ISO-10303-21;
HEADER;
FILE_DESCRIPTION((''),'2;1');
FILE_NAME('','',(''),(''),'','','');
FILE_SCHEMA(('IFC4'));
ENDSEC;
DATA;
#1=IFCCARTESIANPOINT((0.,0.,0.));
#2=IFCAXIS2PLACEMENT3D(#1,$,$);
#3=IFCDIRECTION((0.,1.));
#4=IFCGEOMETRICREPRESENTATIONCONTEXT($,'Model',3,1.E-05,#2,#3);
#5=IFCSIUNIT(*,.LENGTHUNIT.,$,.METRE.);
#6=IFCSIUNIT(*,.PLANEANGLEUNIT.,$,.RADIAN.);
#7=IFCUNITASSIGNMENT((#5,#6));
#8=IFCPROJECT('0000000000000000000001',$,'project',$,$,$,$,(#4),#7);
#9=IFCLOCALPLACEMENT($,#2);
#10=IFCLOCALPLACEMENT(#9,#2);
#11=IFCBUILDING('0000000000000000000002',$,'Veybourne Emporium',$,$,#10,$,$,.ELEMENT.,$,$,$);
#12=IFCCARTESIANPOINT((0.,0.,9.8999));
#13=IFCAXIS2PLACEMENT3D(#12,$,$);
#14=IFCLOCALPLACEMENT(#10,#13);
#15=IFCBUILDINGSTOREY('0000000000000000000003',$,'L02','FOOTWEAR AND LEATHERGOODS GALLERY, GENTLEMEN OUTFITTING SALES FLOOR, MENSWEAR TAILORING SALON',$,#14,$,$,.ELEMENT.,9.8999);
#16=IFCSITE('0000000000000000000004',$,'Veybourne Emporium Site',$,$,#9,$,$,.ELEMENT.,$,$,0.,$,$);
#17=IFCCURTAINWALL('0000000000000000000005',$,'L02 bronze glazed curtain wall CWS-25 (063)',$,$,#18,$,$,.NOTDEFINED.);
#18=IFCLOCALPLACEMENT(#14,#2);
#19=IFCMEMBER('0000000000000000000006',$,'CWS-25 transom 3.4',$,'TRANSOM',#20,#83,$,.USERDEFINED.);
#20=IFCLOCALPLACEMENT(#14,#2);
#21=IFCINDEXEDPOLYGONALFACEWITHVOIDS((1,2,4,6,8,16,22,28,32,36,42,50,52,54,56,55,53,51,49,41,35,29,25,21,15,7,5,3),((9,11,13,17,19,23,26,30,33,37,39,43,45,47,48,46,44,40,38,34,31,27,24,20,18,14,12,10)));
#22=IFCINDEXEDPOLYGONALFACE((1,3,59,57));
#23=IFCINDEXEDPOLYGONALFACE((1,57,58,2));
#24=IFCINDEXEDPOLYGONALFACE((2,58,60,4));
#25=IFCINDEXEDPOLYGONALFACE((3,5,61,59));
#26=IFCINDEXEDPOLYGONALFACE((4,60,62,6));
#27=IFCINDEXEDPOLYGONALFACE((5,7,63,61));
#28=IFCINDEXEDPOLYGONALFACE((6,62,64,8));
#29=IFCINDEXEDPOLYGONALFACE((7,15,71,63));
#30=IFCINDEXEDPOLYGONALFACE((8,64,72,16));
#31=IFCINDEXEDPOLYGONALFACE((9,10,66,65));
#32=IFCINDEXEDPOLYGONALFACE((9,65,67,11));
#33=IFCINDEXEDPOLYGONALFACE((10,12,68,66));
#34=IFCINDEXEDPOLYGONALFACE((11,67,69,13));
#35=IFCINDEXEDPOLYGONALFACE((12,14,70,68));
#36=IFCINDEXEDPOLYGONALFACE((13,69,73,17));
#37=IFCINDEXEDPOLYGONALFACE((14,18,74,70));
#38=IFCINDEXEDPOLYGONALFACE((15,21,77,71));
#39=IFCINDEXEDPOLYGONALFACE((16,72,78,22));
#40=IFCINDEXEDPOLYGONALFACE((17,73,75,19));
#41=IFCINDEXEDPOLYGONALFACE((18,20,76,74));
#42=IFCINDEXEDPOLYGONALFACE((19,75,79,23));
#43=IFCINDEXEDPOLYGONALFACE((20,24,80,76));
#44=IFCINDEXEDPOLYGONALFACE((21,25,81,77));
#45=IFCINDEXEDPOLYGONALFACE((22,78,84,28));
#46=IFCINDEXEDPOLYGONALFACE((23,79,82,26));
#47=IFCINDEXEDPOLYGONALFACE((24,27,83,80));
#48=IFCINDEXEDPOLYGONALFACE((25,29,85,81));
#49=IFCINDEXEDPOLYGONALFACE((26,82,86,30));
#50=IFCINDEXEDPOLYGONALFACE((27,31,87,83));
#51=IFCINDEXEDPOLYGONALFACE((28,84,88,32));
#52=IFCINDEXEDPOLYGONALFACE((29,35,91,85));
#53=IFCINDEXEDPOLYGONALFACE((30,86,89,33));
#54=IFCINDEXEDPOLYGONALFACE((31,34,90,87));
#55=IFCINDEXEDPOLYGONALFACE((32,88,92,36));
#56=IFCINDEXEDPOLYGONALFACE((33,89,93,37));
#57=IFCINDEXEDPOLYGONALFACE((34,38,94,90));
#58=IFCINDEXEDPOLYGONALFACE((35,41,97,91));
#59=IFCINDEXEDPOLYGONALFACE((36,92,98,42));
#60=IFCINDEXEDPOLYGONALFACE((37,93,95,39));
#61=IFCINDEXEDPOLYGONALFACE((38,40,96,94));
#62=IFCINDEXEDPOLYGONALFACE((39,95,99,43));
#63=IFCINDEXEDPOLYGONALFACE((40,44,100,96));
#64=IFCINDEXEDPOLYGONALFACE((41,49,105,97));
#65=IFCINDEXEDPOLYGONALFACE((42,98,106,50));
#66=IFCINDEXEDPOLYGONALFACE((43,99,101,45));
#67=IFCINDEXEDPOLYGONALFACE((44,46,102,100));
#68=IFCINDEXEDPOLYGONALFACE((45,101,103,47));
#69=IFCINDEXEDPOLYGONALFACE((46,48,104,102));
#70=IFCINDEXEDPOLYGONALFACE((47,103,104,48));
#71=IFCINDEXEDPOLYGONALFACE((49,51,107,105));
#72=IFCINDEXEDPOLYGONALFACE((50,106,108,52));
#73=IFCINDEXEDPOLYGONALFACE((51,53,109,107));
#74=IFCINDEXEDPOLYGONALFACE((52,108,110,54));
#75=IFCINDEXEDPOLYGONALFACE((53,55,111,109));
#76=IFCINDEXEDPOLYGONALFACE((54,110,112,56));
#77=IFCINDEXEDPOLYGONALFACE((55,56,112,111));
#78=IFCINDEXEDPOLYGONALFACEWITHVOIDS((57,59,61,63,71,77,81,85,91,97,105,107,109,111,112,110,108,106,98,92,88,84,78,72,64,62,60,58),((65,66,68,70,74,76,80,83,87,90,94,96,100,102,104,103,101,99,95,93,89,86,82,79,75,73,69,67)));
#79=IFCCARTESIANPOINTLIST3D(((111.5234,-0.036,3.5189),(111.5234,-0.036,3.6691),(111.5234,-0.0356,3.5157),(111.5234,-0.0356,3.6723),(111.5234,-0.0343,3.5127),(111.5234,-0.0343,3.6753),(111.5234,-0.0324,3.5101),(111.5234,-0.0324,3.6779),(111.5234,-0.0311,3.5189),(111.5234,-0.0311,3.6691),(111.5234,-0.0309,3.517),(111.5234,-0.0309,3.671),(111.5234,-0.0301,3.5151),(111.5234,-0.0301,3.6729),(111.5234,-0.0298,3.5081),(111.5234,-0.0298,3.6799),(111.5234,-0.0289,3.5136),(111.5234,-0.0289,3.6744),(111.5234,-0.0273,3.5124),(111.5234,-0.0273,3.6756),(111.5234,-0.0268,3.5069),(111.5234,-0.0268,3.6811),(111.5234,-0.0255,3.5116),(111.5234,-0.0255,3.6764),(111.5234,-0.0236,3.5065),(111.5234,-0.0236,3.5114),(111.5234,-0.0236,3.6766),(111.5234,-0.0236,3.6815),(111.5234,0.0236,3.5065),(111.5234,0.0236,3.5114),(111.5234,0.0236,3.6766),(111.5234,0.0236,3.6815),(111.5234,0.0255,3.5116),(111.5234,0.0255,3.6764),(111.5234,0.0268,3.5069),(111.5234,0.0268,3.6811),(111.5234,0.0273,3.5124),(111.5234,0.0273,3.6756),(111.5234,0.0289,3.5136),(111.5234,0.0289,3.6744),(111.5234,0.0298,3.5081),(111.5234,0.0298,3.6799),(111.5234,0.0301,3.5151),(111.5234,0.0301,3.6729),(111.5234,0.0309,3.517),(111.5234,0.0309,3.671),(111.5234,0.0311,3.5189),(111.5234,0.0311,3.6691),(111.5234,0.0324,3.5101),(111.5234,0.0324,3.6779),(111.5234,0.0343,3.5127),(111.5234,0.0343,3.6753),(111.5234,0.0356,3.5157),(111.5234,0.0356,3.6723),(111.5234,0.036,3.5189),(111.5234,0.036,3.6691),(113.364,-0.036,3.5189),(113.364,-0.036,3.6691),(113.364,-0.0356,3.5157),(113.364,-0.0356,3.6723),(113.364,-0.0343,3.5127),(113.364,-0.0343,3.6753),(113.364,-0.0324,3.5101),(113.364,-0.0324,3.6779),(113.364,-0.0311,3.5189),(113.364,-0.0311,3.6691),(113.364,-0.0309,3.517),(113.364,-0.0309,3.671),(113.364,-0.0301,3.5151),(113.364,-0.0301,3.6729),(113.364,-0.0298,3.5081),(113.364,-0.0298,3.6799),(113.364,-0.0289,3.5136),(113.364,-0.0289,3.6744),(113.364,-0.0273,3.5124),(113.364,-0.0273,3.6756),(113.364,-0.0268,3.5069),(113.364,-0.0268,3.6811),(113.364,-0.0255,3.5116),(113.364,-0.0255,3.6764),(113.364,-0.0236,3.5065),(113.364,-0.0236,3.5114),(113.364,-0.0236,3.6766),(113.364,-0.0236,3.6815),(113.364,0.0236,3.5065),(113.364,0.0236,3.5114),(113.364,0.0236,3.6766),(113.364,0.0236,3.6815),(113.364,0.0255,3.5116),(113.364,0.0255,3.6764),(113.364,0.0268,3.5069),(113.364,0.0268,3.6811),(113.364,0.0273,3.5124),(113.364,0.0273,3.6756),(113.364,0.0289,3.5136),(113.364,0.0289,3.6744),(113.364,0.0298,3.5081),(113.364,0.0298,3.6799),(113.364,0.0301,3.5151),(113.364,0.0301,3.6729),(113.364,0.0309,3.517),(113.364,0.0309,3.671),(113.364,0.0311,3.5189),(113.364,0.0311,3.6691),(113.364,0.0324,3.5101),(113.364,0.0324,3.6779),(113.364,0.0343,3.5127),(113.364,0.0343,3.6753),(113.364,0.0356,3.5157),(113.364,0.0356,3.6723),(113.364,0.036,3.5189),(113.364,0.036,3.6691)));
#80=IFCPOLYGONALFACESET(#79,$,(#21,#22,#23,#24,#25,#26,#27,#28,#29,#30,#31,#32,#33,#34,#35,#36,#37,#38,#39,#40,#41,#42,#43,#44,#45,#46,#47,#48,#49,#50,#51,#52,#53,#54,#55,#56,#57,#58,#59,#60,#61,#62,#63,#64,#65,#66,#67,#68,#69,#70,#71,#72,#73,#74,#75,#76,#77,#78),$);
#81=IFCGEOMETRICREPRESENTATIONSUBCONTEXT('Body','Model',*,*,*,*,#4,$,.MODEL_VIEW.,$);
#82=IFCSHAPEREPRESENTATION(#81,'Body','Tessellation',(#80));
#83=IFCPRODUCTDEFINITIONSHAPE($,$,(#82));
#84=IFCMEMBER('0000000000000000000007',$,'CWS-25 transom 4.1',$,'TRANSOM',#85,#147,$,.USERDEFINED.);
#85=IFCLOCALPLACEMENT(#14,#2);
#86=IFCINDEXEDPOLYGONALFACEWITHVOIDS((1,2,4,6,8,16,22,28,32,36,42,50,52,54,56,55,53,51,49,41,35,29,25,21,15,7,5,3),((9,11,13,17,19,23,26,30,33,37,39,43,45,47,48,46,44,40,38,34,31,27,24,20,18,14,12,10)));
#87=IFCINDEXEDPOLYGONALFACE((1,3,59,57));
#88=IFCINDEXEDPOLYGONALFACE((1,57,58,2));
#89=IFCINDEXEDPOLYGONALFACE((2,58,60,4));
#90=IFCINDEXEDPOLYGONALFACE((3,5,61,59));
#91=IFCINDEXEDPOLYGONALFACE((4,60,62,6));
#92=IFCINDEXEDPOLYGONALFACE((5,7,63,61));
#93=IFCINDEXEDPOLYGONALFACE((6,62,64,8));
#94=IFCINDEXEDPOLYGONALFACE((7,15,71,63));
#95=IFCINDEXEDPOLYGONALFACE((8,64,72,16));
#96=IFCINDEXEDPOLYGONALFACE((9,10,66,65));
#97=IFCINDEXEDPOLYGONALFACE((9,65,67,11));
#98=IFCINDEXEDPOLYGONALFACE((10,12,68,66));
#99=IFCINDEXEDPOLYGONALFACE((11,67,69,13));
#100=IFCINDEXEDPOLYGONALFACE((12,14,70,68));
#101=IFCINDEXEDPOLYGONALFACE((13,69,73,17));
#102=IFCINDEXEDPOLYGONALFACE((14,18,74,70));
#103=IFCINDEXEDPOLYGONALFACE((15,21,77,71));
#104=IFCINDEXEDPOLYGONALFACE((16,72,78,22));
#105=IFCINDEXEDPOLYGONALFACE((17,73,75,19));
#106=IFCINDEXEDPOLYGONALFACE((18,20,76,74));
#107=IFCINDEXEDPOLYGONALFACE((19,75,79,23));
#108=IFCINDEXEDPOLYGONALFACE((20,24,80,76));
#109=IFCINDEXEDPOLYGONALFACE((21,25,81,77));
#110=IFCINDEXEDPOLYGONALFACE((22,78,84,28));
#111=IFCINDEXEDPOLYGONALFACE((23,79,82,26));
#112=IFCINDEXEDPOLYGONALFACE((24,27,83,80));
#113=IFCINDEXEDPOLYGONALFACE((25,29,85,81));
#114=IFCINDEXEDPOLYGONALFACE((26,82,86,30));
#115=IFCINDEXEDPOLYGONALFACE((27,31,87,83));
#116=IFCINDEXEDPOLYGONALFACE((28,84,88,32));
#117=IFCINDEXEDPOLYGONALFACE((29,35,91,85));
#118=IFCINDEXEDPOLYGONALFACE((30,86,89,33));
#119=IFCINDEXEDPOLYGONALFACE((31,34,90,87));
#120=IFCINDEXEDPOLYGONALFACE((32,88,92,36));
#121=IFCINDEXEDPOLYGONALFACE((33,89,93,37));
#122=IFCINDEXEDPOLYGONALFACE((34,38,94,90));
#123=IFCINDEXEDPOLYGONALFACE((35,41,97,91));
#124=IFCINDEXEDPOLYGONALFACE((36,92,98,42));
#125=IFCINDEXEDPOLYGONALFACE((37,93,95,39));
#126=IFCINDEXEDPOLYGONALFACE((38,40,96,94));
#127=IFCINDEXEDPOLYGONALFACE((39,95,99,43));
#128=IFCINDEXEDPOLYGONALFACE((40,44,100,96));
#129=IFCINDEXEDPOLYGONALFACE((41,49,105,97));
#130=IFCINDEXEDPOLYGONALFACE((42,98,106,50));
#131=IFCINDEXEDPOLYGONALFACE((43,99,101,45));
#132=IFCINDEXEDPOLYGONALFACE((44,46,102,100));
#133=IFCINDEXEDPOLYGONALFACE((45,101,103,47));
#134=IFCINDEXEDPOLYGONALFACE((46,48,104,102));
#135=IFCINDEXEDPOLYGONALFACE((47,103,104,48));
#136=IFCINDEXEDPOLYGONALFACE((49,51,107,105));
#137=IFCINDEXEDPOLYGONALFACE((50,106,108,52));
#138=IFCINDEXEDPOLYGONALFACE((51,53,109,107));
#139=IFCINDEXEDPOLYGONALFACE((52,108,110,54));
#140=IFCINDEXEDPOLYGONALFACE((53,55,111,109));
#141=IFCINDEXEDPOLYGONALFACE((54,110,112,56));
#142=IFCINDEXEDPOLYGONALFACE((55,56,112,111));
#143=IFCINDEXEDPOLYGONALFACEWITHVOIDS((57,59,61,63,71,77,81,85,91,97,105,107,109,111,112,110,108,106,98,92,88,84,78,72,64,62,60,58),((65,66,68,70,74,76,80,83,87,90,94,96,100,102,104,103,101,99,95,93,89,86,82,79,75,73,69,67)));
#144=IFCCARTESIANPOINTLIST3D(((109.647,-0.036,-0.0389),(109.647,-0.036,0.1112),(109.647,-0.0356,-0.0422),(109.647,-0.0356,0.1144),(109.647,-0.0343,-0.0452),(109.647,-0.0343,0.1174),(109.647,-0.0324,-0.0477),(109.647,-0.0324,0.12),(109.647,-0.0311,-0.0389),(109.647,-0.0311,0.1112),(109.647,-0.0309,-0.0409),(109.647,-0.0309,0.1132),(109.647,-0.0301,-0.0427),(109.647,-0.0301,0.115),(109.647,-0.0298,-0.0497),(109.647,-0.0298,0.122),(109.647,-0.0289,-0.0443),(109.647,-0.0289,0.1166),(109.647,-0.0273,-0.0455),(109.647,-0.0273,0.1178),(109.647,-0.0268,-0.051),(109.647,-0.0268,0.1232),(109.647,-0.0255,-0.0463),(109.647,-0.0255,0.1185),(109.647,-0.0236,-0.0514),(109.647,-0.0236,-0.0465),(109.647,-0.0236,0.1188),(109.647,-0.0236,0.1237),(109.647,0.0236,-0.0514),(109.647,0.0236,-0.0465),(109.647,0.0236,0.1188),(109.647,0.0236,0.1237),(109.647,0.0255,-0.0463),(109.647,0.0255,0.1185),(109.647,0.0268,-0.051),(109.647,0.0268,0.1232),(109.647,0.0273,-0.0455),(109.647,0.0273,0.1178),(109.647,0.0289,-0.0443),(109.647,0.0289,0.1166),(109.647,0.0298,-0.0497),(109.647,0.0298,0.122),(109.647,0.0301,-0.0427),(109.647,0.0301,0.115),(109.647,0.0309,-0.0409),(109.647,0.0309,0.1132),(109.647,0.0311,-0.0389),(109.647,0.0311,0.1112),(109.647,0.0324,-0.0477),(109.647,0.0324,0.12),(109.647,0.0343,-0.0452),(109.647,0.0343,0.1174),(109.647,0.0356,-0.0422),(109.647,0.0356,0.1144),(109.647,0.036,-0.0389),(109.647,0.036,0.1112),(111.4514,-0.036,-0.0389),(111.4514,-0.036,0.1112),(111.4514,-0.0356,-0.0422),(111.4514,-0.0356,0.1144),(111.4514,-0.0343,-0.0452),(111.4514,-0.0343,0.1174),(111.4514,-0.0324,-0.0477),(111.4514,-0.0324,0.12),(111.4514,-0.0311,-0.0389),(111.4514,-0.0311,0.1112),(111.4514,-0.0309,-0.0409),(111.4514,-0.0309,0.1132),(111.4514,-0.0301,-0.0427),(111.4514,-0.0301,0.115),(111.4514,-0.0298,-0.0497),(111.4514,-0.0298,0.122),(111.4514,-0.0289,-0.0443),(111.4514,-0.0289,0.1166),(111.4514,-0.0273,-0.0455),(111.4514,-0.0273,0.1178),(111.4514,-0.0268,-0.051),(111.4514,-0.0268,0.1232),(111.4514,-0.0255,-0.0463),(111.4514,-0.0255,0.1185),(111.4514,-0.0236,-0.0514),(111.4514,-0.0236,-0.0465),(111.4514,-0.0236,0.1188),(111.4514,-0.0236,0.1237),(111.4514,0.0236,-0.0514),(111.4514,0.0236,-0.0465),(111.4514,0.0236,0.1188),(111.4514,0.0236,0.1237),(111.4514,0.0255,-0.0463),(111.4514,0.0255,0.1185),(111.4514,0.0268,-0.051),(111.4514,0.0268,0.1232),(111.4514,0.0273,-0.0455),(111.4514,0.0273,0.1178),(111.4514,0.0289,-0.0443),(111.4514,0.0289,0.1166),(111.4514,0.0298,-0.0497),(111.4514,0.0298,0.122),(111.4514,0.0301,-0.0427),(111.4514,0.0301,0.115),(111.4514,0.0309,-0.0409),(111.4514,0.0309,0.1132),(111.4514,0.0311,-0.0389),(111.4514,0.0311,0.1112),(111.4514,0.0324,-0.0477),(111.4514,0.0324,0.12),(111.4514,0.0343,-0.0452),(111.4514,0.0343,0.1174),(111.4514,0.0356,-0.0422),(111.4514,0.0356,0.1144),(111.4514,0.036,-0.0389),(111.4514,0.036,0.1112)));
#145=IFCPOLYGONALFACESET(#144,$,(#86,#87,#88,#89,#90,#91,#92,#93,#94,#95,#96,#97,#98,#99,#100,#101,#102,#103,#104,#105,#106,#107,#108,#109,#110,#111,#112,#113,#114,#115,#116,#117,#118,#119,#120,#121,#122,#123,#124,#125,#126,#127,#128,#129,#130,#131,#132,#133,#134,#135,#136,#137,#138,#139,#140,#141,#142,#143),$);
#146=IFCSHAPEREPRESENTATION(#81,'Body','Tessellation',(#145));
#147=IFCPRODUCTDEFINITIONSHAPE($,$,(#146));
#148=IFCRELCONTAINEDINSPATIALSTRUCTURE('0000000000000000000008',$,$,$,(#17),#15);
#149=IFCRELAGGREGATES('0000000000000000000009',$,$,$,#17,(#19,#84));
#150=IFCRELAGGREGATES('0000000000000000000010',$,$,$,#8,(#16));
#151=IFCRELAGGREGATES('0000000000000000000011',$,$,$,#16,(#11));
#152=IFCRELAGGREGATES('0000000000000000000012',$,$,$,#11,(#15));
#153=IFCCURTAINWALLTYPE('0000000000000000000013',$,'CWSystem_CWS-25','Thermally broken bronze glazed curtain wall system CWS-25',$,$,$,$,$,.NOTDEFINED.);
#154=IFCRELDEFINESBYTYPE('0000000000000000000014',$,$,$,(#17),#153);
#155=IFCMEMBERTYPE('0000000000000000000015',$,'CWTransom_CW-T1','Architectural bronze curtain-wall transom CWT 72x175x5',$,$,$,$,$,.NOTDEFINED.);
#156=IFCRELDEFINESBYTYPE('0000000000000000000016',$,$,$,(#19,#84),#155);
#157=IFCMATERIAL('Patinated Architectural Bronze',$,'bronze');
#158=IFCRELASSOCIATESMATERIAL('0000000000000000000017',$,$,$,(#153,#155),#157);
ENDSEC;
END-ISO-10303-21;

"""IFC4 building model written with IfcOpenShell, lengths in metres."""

from ifc_helpers import new_model, si_unit, direction, frame, origin, origin_2d, place, context, subcontext, project, spatial, hollow_rectangle, extrude, material, material_profile, profile_set, type_object, element, aggregate, save


model = new_model("IFC4")

# Units and contexts
model_context = context("Model", 3, precision=1e-05, world=origin(), true_north=direction((0.0, 1.0)))
body_context = subcontext(model_context, "Body", "Model", "MODEL_VIEW")
ifc_project = project(units=[si_unit("LENGTHUNIT", "METRE"), si_unit("PLANEANGLEUNIT", "RADIAN")], contexts=[model_context])

# Site, building, storey
site_placement = place(None, origin())
site = spatial("IfcSite", under=ifc_project, at=site_placement, Name="Veybourne Emporium Site", CompositionType="ELEMENT", RefElevation=0.0)
building_placement = place(site_placement, origin())
building = spatial("IfcBuilding", under=site, at=building_placement, Name="Veybourne Emporium", CompositionType="ELEMENT")
storey_placement = place(building_placement, frame((0.0, 0.0, 9.8999)))
storey = spatial("IfcBuildingStorey", under=building, at=storey_placement, Name="L02", Description="FOOTWEAR AND LEATHERGOODS GALLERY, GENTLEMEN OUTFITTING SALES FLOOR, MENSWEAR TAILORING SALON", CompositionType="ELEMENT", Elevation=9.8999)

# Curtain wall, members
ifc_material_1 = material(Name="Patinated Architectural Bronze", Category="bronze")
curtain_wall_type = type_object("IfcCurtainWallType", Name="CWSystem_CWS-25", Description="Thermally broken bronze glazed curtain wall system CWS-25", PredefinedType="NOTDEFINED", material=ifc_material_1)
curtain_wall_placement = place(storey_placement, origin())
curtain_wall = element("IfcCurtainWall", 1, at=curtain_wall_placement, inside=storey, type_object=curtain_wall_type, Name="L02 bronze glazed curtain wall CWS-25 (063)", PredefinedType="NOTDEFINED")
ifc_material_profile_1 = material_profile(ifc_material_1, hollow_rectangle(XDim=0.072, YDim=0.175, WallThickness=0.0049, InnerFilletRadius=0.0076, OuterFilletRadius=0.0125, at=origin_2d()), Name="CWT 72x175x5")
ifc_profile_set_1 = profile_set([ifc_material_profile_1], Name="Patinated Architectural Bronze")
member_type_1 = type_object("IfcMemberType", Name="CWTransom_CW-T1", Description="Architectural bronze curtain-wall transom CWT 72x175x5", PredefinedType="NOTDEFINED", material=ifc_profile_set_1)
member_1_placement = place(storey_placement, frame((113.364, 0.0, 3.594), z_axis=(-1.0, 0.0, 0.0), x_axis=(0.0, -1.0, 0.0)))
member_1 = element("IfcMember", 2, at=member_1_placement, type_object=member_type_1, Name="CWS-25 transom 3.4", ObjectType="TRANSOM", PredefinedType="USERDEFINED", context=body_context, shape_type="SweptSolid", body=[
    extrude(hollow_rectangle(XDim=0.072, YDim=0.175, WallThickness=0.0049, InnerFilletRadius=0.0076, OuterFilletRadius=0.0125, at=origin_2d()), origin(), (0.0, 0.0, 1.0), 1.8406),
])
member_2_placement = place(storey_placement, frame((111.4514, 0.0, 0.0361), z_axis=(-1.0, 0.0, 0.0), x_axis=(0.0, -1.0, 0.0)))
member_2 = element("IfcMember", 3, at=member_2_placement, type_object=member_type_1, Name="CWS-25 transom 4.1", ObjectType="TRANSOM", PredefinedType="USERDEFINED", context=body_context, shape_type="SweptSolid", body=[
    extrude(hollow_rectangle(XDim=0.072, YDim=0.175, WallThickness=0.0049, InnerFilletRadius=0.0076, OuterFilletRadius=0.0125, at=origin_2d()), origin(), (0.0, 0.0, 1.0), 1.8044),
])

aggregate(curtain_wall, [member_1, member_2])

save(model, "model.ifc")
